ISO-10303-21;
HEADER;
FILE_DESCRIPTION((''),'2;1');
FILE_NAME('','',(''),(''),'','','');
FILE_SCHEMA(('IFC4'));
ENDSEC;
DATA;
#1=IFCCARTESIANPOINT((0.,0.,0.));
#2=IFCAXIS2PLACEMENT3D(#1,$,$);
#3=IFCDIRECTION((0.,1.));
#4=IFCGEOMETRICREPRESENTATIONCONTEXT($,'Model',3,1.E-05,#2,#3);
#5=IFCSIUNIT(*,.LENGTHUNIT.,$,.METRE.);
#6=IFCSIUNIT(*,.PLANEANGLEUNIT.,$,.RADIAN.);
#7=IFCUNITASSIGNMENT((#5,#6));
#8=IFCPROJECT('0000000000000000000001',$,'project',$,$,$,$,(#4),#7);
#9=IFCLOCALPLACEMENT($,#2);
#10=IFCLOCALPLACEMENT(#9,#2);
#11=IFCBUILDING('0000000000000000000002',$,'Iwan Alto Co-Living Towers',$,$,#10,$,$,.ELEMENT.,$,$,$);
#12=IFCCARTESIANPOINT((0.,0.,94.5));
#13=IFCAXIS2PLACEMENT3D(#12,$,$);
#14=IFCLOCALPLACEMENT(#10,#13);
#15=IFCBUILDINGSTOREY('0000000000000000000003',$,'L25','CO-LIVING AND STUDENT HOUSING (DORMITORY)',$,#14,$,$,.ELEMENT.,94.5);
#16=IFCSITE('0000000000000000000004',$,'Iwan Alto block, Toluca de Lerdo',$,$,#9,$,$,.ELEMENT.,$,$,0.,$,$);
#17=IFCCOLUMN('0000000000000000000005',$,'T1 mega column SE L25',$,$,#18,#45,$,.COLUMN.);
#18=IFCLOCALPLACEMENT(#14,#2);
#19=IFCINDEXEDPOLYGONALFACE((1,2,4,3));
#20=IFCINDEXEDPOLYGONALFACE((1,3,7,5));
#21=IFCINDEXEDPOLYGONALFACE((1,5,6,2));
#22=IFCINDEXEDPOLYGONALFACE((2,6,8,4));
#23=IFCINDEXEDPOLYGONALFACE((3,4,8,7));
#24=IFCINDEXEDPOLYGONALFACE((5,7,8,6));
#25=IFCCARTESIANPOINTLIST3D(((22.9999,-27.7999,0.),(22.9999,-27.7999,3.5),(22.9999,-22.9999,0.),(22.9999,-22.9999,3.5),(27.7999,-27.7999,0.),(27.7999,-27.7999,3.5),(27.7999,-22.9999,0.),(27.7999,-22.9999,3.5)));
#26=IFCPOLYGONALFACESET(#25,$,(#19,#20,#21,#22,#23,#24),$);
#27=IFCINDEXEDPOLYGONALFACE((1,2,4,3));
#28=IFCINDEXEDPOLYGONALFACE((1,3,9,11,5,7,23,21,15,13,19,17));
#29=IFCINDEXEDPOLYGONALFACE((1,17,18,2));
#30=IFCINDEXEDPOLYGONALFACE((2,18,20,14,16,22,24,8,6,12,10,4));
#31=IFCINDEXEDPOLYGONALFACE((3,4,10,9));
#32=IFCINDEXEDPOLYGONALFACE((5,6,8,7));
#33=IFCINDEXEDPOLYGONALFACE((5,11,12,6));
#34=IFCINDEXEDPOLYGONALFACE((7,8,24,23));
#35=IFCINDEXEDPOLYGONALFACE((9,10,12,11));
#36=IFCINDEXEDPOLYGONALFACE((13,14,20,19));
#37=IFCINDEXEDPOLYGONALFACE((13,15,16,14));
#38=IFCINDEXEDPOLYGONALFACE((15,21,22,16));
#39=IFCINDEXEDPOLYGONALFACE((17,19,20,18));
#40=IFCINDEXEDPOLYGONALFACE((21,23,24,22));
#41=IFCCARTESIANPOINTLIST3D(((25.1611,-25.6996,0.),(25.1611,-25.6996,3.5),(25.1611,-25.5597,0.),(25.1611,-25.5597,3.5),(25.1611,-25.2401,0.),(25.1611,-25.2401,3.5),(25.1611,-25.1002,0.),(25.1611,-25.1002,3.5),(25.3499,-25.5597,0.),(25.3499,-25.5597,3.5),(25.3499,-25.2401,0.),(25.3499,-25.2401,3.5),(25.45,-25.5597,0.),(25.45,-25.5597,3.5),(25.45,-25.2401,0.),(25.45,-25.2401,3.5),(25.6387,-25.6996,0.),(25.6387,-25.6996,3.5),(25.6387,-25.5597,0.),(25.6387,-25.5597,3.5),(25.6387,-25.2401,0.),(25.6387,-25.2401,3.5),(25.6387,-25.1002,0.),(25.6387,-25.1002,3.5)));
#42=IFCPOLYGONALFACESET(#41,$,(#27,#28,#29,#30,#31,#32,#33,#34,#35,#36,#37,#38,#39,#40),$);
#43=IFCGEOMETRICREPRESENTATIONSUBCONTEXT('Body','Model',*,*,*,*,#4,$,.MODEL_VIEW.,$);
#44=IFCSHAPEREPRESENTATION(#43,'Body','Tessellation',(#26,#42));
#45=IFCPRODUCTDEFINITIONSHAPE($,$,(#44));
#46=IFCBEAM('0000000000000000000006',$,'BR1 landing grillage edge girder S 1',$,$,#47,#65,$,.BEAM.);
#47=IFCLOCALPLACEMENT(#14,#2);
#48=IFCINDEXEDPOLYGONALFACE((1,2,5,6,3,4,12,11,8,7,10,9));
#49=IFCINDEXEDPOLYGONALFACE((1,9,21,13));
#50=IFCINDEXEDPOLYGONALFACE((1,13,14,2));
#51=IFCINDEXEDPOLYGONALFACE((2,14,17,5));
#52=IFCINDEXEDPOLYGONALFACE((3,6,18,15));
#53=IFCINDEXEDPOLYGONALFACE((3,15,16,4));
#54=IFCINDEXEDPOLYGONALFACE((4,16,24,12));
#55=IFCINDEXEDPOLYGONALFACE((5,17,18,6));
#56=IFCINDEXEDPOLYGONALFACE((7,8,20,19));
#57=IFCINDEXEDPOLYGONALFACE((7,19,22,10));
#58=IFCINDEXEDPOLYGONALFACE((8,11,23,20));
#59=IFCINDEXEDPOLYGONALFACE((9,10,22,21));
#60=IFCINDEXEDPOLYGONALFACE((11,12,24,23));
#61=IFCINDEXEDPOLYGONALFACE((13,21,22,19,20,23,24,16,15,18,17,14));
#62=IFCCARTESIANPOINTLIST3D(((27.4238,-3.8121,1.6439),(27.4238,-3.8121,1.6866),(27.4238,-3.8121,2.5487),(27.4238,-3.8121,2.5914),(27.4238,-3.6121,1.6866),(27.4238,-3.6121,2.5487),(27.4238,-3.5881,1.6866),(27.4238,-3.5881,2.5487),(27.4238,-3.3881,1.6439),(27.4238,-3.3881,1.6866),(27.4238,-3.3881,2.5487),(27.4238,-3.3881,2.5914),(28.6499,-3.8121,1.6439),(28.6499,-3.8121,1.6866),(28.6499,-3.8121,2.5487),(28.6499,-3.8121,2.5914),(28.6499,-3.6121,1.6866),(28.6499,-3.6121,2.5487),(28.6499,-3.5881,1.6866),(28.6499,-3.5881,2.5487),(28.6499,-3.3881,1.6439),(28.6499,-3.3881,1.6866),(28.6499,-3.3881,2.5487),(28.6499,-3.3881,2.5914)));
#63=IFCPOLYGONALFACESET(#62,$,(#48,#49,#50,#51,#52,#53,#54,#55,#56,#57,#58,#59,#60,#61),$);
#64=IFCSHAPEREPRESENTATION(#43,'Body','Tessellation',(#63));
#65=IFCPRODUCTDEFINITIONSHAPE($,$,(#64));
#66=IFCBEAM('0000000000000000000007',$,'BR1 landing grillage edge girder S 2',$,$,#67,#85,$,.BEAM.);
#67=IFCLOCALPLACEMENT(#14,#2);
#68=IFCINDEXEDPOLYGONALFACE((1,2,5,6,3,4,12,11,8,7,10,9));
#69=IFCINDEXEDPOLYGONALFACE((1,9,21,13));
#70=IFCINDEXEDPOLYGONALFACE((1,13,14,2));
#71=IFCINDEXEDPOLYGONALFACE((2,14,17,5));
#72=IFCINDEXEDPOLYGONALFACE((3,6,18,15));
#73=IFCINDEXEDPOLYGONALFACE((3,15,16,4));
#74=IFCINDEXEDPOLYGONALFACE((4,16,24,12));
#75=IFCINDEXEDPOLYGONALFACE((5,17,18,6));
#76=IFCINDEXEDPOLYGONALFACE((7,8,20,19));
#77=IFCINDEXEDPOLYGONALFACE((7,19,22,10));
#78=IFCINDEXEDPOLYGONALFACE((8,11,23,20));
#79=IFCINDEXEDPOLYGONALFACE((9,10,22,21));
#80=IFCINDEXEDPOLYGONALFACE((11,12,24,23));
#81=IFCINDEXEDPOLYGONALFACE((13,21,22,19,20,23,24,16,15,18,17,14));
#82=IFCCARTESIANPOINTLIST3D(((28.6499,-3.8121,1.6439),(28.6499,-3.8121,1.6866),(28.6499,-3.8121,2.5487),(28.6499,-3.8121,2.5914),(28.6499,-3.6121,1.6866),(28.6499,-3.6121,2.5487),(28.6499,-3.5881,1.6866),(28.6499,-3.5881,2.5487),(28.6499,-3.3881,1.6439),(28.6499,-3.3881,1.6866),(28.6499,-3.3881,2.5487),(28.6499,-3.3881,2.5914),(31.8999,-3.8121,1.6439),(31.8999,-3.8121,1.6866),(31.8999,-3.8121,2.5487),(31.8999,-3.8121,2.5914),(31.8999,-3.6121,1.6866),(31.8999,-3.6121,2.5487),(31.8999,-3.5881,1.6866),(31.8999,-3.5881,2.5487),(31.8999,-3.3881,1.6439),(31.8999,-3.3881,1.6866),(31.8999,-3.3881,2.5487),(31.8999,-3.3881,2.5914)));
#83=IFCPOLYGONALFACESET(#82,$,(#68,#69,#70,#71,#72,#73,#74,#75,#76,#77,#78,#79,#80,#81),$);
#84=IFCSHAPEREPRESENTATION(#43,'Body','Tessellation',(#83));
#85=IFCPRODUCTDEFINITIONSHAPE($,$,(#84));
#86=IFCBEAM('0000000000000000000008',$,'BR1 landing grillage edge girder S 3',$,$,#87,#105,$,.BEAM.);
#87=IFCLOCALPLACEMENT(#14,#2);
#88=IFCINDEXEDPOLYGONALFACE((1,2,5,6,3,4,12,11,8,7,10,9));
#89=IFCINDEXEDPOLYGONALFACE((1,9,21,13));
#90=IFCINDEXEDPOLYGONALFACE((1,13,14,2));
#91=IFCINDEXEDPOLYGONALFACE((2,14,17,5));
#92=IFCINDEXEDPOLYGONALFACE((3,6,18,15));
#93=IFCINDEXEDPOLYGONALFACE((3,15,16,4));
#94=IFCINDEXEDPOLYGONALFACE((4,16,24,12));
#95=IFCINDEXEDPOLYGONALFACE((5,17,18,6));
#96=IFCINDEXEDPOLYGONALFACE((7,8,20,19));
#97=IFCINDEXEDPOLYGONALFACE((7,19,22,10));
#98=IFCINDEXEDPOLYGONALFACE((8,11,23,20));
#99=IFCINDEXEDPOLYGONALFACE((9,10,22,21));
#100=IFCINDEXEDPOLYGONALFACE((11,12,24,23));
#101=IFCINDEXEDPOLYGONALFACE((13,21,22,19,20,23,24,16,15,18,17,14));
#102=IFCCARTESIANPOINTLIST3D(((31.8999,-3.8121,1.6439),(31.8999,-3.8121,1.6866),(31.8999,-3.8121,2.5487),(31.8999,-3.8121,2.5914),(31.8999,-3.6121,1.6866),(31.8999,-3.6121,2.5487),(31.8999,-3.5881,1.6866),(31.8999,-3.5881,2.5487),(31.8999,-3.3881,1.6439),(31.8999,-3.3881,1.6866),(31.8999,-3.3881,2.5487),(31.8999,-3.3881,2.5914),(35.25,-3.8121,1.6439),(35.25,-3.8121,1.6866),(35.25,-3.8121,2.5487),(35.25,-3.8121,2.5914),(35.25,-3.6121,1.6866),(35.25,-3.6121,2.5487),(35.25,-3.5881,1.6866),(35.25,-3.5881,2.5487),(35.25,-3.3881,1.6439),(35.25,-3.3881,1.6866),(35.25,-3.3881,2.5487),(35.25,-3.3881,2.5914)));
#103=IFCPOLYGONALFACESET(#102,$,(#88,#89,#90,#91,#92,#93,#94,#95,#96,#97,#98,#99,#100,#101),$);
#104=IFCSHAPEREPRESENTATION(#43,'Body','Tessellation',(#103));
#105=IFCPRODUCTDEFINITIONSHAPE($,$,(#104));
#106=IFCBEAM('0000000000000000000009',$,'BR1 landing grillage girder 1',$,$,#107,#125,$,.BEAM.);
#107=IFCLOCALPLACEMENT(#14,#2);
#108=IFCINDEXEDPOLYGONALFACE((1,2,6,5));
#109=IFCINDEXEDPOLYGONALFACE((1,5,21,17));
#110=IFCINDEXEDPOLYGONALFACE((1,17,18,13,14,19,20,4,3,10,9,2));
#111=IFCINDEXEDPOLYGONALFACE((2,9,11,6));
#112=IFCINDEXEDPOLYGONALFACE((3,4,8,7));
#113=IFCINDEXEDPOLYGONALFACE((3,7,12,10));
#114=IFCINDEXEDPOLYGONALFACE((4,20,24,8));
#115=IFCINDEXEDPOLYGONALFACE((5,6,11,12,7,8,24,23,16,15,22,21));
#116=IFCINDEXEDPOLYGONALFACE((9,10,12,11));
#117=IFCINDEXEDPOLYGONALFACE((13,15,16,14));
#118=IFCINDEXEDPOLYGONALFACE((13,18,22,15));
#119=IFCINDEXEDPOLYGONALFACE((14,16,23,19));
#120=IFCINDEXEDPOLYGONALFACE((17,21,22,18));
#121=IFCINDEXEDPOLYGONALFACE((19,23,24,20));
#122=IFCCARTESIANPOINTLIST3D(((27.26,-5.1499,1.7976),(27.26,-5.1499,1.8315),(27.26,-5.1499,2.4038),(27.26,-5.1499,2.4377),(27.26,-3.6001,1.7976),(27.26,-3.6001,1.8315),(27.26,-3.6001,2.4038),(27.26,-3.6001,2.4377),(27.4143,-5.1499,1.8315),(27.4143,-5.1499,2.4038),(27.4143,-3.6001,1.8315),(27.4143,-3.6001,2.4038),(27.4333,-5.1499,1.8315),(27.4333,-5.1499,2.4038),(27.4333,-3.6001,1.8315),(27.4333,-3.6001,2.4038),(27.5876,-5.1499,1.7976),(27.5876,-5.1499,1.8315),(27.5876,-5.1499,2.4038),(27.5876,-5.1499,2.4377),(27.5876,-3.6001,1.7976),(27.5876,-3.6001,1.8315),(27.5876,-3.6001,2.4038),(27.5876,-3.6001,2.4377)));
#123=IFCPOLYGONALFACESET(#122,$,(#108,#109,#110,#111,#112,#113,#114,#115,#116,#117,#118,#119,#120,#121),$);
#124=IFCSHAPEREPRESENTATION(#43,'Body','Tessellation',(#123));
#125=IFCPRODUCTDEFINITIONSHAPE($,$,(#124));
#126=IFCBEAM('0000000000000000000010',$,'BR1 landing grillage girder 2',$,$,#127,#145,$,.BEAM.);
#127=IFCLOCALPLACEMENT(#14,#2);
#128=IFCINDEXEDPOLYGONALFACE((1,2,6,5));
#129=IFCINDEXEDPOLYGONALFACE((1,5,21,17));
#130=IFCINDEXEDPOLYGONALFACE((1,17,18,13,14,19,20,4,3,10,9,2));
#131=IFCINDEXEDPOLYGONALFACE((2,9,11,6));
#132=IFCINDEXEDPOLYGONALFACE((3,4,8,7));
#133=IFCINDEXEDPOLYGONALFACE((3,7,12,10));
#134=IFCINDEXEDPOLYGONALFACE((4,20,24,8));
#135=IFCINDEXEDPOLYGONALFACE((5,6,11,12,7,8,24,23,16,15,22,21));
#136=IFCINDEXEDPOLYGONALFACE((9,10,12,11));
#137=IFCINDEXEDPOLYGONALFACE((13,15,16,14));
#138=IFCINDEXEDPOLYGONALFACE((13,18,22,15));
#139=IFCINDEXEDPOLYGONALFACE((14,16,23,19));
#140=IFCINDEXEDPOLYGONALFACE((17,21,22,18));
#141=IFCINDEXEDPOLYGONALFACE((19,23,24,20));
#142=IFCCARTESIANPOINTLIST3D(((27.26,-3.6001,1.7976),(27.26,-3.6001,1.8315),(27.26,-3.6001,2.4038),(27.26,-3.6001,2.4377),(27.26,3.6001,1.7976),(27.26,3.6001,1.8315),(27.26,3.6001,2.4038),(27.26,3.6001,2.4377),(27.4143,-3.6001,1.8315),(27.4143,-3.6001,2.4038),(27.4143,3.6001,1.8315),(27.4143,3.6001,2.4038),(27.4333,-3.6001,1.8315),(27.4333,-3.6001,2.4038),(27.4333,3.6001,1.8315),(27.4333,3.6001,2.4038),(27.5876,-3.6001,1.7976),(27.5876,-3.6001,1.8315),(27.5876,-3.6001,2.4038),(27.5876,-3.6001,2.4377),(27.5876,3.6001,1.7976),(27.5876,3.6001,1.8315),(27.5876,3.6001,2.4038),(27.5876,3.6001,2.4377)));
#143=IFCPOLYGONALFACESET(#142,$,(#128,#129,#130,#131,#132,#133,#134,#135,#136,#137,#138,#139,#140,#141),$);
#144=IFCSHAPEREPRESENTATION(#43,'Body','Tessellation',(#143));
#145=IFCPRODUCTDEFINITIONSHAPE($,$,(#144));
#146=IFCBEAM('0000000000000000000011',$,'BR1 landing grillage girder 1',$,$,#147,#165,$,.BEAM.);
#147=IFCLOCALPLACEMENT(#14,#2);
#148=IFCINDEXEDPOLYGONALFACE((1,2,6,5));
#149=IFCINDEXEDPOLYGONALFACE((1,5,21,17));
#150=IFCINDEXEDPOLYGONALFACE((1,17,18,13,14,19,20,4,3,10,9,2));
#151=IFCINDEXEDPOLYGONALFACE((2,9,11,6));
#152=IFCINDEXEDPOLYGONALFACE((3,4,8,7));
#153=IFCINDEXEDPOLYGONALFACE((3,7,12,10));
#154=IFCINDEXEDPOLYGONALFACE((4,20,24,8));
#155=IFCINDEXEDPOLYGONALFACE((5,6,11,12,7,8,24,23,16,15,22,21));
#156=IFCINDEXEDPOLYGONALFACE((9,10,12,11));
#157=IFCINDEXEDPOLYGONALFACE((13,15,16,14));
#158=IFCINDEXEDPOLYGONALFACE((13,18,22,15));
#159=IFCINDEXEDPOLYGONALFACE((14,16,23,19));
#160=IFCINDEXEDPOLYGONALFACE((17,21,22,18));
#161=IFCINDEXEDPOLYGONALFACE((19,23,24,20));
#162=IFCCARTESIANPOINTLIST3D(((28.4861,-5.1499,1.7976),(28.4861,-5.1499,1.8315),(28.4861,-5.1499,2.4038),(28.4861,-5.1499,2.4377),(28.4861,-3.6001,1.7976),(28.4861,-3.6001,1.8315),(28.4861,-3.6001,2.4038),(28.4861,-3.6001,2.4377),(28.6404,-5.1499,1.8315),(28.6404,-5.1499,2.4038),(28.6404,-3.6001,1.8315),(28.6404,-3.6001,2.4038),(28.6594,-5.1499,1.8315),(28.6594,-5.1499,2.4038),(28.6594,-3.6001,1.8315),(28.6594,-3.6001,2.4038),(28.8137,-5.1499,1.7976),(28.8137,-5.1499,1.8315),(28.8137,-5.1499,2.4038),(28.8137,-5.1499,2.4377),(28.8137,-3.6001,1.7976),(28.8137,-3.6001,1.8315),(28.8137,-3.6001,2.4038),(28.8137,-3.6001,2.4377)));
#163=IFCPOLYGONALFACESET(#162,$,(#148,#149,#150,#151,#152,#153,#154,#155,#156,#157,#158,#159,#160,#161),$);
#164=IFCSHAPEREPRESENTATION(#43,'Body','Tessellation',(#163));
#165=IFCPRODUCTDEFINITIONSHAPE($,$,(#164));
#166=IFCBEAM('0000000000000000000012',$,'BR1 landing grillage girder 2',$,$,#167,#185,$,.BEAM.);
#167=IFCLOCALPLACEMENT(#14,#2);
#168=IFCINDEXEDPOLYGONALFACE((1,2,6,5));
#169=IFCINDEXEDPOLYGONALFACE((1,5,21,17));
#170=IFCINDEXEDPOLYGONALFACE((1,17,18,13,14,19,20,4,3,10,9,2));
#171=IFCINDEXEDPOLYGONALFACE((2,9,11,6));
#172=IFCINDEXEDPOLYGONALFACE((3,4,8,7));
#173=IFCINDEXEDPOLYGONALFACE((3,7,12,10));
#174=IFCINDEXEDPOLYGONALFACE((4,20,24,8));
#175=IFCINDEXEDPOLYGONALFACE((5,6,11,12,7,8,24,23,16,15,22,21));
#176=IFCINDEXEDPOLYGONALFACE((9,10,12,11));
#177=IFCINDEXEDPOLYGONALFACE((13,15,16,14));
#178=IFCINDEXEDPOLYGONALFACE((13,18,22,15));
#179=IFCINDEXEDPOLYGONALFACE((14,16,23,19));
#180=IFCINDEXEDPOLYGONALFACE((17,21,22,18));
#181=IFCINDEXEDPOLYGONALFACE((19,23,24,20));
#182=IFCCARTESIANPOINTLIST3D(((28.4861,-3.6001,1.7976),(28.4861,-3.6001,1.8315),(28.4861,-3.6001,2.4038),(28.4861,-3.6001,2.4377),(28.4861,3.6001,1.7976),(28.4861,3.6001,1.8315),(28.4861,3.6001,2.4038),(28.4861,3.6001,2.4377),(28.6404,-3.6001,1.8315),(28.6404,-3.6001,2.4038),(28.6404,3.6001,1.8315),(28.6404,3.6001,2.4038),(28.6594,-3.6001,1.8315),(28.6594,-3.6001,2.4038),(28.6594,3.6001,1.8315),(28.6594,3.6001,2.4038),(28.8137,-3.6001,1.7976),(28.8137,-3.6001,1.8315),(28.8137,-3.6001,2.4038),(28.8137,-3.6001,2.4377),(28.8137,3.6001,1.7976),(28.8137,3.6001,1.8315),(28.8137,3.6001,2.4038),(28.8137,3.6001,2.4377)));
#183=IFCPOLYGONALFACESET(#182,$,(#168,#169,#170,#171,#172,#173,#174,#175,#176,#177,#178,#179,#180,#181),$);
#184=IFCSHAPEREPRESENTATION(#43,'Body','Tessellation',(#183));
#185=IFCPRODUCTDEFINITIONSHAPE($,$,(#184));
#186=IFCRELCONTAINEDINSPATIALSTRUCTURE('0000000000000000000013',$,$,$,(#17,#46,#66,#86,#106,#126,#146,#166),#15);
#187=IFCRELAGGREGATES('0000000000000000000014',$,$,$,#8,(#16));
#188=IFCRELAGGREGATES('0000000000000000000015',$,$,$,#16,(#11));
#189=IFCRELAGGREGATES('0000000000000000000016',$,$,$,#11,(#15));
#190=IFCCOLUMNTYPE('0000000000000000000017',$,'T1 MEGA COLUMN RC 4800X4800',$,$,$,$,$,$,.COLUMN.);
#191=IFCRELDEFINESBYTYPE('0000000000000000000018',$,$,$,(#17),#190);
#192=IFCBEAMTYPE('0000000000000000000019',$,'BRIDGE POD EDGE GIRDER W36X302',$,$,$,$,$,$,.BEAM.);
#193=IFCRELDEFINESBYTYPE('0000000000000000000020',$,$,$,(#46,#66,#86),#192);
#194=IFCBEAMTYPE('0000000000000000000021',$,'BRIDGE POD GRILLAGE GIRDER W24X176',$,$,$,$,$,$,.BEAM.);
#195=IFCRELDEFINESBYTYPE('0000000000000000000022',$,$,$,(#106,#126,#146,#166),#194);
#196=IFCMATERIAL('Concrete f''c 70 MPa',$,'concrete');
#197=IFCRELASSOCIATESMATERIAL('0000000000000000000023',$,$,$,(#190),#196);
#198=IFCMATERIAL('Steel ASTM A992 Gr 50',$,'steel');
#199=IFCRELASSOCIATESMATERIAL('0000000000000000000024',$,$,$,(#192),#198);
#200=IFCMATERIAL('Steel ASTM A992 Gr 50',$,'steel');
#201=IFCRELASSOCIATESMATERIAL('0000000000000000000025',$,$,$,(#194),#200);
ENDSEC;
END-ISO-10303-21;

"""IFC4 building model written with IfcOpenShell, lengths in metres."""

from ifc_helpers import new_model, si_unit, direction, frame, origin, origin_2d, place, context, subcontext, project, spatial, rectangle, i_section, extrude, material, material_profile, profile_set, type_object, element, save


model = new_model("IFC4")

# Units and contexts
model_context = context("Model", 3, precision=1e-05, world=origin(), true_north=direction((0.0, 1.0)))
body_context = subcontext(model_context, "Body", "Model", "MODEL_VIEW")
ifc_project = project(units=[si_unit("LENGTHUNIT", "METRE"), si_unit("PLANEANGLEUNIT", "RADIAN")], contexts=[model_context])

# Site, building, storey
site_placement = place(None, origin())
site = spatial("IfcSite", under=ifc_project, at=site_placement, Name="Iwan Alto block, Toluca de Lerdo", CompositionType="ELEMENT", RefElevation=0.0)
building_placement = place(site_placement, origin())
building = spatial("IfcBuilding", under=site, at=building_placement, Name="Iwan Alto Co-Living Towers", CompositionType="ELEMENT")
storey_placement = place(building_placement, frame((0.0, 0.0, 94.5)))
storey = spatial("IfcBuildingStorey", under=building, at=storey_placement, Name="L25", Description="CO-LIVING AND STUDENT HOUSING (DORMITORY)", CompositionType="ELEMENT", Elevation=94.5)

# Column
ifc_material_1 = material(Name="Concrete f'c 70 MPa", Category="concrete")
ifc_material_profile_1 = material_profile(ifc_material_1, rectangle(XDim=4.8, YDim=4.8, at=origin_2d()), Name="RC 4800X4800")
ifc_profile_set_1 = profile_set([ifc_material_profile_1], Name="Concrete f'c 70 MPa")
column_type = type_object("IfcColumnType", Name="T1 MEGA COLUMN RC 4800X4800", PredefinedType="COLUMN", material=ifc_profile_set_1)
column_placement = place(storey_placement, frame((25.3999, -25.3999, 0.0), z_axis=(0.0, 0.0, 1.0), x_axis=(1.0, 0.0, 0.0)))
element("IfcColumn", 1, at=column_placement, inside=storey, type_object=column_type, Name="T1 mega column SE L25", PredefinedType="COLUMN", context=body_context, shape_type="SweptSolid", body=[
    extrude(rectangle(XDim=4.8, YDim=4.8, at=origin_2d()), origin(), (0.0, 0.0, 1.0), 3.5),
    extrude(i_section(OverallWidth=0.4775, OverallDepth=0.5994, WebThickness=0.1001, FlangeThickness=0.1399, at=origin_2d()), origin(), (0.0, 0.0, 1.0), 3.5),
])

# Beams
ifc_material_2 = material(Name="Steel ASTM A992 Gr 50", Category="steel")
ifc_material_profile_2 = material_profile(ifc_material_2, i_section(OverallWidth=0.4241, OverallDepth=0.9475, WebThickness=0.0239, FlangeThickness=0.0427, at=origin_2d()), Name="W36X302")
ifc_profile_set_2 = profile_set([ifc_material_profile_2], Name="Steel ASTM A992 Gr 50")
beam_type_1 = type_object("IfcBeamType", Name="BRIDGE POD EDGE GIRDER W36X302", PredefinedType="BEAM", material=ifc_profile_set_2)
beam_1_placement = place(storey_placement, frame((27.4238, -3.6001, 2.1177), z_axis=(1.0, 0.0, 0.0), x_axis=(0.0, 1.0, 0.0)))
element("IfcBeam", 2, at=beam_1_placement, inside=storey, type_object=beam_type_1, Name="BR1 landing grillage edge girder S 1", PredefinedType="BEAM", context=body_context, shape_type="SweptSolid", body=[
    extrude(i_section(OverallWidth=0.4241, OverallDepth=0.9475, WebThickness=0.0239, FlangeThickness=0.0427, at=origin_2d()), origin(), (0.0, 0.0, 1.0), 1.2261),
])
beam_2_placement = place(storey_placement, frame((28.6499, -3.6001, 2.1177), z_axis=(1.0, 0.0, 0.0), x_axis=(0.0, 1.0, 0.0)))
element("IfcBeam", 3, at=beam_2_placement, inside=storey, type_object=beam_type_1, Name="BR1 landing grillage edge girder S 2", PredefinedType="BEAM", context=body_context, shape_type="SweptSolid", body=[
    extrude(i_section(OverallWidth=0.4241, OverallDepth=0.9475, WebThickness=0.0239, FlangeThickness=0.0427, at=origin_2d()), origin(), (0.0, 0.0, 1.0), 3.25),
])
beam_3_placement = place(storey_placement, frame((31.8999, -3.6001, 2.1177), z_axis=(1.0, 0.0, 0.0), x_axis=(0.0, 1.0, 0.0)))
element("IfcBeam", 4, at=beam_3_placement, inside=storey, type_object=beam_type_1, Name="BR1 landing grillage edge girder S 3", PredefinedType="BEAM", context=body_context, shape_type="SweptSolid", body=[
    extrude(i_section(OverallWidth=0.4241, OverallDepth=0.9475, WebThickness=0.0239, FlangeThickness=0.0427, at=origin_2d()), origin(), (0.0, 0.0, 1.0), 3.3501),
])
ifc_material_3 = material(Name="Steel ASTM A992 Gr 50", Category="steel")
ifc_material_profile_3 = material_profile(ifc_material_3, i_section(OverallWidth=0.3276, OverallDepth=0.6401, WebThickness=0.019, FlangeThickness=0.0339, at=origin_2d()), Name="W24X176")
ifc_profile_set_3 = profile_set([ifc_material_profile_3], Name="Steel ASTM A992 Gr 50")
beam_type_2 = type_object("IfcBeamType", Name="BRIDGE POD GRILLAGE GIRDER W24X176", PredefinedType="BEAM", material=ifc_profile_set_3)
beam_4_placement = place(storey_placement, frame((27.4238, -5.1499, 2.1177), z_axis=(0.0, 1.0, 0.0), x_axis=(-1.0, 0.0, 0.0)))
element("IfcBeam", 5, at=beam_4_placement, inside=storey, type_object=beam_type_2, Name="BR1 landing grillage girder 1", PredefinedType="BEAM", context=body_context, shape_type="SweptSolid", body=[
    extrude(i_section(OverallWidth=0.3276, OverallDepth=0.6401, WebThickness=0.019, FlangeThickness=0.0339, at=origin_2d()), origin(), (0.0, 0.0, 1.0), 1.5498),
])
beam_5_placement = place(storey_placement, frame((27.4238, -3.6001, 2.1177), z_axis=(0.0, 1.0, 0.0), x_axis=(-1.0, 0.0, 0.0)))
element("IfcBeam", 6, at=beam_5_placement, inside=storey, type_object=beam_type_2, Name="BR1 landing grillage girder 2", PredefinedType="BEAM", context=body_context, shape_type="SweptSolid", body=[
    extrude(i_section(OverallWidth=0.3276, OverallDepth=0.6401, WebThickness=0.019, FlangeThickness=0.0339, at=origin_2d()), origin(), (0.0, 0.0, 1.0), 7.2002),
])
beam_6_placement = place(storey_placement, frame((28.6499, -5.1499, 2.1177), z_axis=(0.0, 1.0, 0.0), x_axis=(-1.0, 0.0, 0.0)))
element("IfcBeam", 7, at=beam_6_placement, inside=storey, type_object=beam_type_2, Name="BR1 landing grillage girder 1", PredefinedType="BEAM", context=body_context, shape_type="SweptSolid", body=[
    extrude(i_section(OverallWidth=0.3276, OverallDepth=0.6401, WebThickness=0.019, FlangeThickness=0.0339, at=origin_2d()), origin(), (0.0, 0.0, 1.0), 1.5498),
])
beam_7_placement = place(storey_placement, frame((28.6499, -3.6001, 2.1177), z_axis=(0.0, 1.0, 0.0), x_axis=(-1.0, 0.0, 0.0)))
element("IfcBeam", 8, at=beam_7_placement, inside=storey, type_object=beam_type_2, Name="BR1 landing grillage girder 2", PredefinedType="BEAM", context=body_context, shape_type="SweptSolid", body=[
    extrude(i_section(OverallWidth=0.3276, OverallDepth=0.6401, WebThickness=0.019, FlangeThickness=0.0339, at=origin_2d()), origin(), (0.0, 0.0, 1.0), 7.2002),
])

save(model, "model.ifc")
